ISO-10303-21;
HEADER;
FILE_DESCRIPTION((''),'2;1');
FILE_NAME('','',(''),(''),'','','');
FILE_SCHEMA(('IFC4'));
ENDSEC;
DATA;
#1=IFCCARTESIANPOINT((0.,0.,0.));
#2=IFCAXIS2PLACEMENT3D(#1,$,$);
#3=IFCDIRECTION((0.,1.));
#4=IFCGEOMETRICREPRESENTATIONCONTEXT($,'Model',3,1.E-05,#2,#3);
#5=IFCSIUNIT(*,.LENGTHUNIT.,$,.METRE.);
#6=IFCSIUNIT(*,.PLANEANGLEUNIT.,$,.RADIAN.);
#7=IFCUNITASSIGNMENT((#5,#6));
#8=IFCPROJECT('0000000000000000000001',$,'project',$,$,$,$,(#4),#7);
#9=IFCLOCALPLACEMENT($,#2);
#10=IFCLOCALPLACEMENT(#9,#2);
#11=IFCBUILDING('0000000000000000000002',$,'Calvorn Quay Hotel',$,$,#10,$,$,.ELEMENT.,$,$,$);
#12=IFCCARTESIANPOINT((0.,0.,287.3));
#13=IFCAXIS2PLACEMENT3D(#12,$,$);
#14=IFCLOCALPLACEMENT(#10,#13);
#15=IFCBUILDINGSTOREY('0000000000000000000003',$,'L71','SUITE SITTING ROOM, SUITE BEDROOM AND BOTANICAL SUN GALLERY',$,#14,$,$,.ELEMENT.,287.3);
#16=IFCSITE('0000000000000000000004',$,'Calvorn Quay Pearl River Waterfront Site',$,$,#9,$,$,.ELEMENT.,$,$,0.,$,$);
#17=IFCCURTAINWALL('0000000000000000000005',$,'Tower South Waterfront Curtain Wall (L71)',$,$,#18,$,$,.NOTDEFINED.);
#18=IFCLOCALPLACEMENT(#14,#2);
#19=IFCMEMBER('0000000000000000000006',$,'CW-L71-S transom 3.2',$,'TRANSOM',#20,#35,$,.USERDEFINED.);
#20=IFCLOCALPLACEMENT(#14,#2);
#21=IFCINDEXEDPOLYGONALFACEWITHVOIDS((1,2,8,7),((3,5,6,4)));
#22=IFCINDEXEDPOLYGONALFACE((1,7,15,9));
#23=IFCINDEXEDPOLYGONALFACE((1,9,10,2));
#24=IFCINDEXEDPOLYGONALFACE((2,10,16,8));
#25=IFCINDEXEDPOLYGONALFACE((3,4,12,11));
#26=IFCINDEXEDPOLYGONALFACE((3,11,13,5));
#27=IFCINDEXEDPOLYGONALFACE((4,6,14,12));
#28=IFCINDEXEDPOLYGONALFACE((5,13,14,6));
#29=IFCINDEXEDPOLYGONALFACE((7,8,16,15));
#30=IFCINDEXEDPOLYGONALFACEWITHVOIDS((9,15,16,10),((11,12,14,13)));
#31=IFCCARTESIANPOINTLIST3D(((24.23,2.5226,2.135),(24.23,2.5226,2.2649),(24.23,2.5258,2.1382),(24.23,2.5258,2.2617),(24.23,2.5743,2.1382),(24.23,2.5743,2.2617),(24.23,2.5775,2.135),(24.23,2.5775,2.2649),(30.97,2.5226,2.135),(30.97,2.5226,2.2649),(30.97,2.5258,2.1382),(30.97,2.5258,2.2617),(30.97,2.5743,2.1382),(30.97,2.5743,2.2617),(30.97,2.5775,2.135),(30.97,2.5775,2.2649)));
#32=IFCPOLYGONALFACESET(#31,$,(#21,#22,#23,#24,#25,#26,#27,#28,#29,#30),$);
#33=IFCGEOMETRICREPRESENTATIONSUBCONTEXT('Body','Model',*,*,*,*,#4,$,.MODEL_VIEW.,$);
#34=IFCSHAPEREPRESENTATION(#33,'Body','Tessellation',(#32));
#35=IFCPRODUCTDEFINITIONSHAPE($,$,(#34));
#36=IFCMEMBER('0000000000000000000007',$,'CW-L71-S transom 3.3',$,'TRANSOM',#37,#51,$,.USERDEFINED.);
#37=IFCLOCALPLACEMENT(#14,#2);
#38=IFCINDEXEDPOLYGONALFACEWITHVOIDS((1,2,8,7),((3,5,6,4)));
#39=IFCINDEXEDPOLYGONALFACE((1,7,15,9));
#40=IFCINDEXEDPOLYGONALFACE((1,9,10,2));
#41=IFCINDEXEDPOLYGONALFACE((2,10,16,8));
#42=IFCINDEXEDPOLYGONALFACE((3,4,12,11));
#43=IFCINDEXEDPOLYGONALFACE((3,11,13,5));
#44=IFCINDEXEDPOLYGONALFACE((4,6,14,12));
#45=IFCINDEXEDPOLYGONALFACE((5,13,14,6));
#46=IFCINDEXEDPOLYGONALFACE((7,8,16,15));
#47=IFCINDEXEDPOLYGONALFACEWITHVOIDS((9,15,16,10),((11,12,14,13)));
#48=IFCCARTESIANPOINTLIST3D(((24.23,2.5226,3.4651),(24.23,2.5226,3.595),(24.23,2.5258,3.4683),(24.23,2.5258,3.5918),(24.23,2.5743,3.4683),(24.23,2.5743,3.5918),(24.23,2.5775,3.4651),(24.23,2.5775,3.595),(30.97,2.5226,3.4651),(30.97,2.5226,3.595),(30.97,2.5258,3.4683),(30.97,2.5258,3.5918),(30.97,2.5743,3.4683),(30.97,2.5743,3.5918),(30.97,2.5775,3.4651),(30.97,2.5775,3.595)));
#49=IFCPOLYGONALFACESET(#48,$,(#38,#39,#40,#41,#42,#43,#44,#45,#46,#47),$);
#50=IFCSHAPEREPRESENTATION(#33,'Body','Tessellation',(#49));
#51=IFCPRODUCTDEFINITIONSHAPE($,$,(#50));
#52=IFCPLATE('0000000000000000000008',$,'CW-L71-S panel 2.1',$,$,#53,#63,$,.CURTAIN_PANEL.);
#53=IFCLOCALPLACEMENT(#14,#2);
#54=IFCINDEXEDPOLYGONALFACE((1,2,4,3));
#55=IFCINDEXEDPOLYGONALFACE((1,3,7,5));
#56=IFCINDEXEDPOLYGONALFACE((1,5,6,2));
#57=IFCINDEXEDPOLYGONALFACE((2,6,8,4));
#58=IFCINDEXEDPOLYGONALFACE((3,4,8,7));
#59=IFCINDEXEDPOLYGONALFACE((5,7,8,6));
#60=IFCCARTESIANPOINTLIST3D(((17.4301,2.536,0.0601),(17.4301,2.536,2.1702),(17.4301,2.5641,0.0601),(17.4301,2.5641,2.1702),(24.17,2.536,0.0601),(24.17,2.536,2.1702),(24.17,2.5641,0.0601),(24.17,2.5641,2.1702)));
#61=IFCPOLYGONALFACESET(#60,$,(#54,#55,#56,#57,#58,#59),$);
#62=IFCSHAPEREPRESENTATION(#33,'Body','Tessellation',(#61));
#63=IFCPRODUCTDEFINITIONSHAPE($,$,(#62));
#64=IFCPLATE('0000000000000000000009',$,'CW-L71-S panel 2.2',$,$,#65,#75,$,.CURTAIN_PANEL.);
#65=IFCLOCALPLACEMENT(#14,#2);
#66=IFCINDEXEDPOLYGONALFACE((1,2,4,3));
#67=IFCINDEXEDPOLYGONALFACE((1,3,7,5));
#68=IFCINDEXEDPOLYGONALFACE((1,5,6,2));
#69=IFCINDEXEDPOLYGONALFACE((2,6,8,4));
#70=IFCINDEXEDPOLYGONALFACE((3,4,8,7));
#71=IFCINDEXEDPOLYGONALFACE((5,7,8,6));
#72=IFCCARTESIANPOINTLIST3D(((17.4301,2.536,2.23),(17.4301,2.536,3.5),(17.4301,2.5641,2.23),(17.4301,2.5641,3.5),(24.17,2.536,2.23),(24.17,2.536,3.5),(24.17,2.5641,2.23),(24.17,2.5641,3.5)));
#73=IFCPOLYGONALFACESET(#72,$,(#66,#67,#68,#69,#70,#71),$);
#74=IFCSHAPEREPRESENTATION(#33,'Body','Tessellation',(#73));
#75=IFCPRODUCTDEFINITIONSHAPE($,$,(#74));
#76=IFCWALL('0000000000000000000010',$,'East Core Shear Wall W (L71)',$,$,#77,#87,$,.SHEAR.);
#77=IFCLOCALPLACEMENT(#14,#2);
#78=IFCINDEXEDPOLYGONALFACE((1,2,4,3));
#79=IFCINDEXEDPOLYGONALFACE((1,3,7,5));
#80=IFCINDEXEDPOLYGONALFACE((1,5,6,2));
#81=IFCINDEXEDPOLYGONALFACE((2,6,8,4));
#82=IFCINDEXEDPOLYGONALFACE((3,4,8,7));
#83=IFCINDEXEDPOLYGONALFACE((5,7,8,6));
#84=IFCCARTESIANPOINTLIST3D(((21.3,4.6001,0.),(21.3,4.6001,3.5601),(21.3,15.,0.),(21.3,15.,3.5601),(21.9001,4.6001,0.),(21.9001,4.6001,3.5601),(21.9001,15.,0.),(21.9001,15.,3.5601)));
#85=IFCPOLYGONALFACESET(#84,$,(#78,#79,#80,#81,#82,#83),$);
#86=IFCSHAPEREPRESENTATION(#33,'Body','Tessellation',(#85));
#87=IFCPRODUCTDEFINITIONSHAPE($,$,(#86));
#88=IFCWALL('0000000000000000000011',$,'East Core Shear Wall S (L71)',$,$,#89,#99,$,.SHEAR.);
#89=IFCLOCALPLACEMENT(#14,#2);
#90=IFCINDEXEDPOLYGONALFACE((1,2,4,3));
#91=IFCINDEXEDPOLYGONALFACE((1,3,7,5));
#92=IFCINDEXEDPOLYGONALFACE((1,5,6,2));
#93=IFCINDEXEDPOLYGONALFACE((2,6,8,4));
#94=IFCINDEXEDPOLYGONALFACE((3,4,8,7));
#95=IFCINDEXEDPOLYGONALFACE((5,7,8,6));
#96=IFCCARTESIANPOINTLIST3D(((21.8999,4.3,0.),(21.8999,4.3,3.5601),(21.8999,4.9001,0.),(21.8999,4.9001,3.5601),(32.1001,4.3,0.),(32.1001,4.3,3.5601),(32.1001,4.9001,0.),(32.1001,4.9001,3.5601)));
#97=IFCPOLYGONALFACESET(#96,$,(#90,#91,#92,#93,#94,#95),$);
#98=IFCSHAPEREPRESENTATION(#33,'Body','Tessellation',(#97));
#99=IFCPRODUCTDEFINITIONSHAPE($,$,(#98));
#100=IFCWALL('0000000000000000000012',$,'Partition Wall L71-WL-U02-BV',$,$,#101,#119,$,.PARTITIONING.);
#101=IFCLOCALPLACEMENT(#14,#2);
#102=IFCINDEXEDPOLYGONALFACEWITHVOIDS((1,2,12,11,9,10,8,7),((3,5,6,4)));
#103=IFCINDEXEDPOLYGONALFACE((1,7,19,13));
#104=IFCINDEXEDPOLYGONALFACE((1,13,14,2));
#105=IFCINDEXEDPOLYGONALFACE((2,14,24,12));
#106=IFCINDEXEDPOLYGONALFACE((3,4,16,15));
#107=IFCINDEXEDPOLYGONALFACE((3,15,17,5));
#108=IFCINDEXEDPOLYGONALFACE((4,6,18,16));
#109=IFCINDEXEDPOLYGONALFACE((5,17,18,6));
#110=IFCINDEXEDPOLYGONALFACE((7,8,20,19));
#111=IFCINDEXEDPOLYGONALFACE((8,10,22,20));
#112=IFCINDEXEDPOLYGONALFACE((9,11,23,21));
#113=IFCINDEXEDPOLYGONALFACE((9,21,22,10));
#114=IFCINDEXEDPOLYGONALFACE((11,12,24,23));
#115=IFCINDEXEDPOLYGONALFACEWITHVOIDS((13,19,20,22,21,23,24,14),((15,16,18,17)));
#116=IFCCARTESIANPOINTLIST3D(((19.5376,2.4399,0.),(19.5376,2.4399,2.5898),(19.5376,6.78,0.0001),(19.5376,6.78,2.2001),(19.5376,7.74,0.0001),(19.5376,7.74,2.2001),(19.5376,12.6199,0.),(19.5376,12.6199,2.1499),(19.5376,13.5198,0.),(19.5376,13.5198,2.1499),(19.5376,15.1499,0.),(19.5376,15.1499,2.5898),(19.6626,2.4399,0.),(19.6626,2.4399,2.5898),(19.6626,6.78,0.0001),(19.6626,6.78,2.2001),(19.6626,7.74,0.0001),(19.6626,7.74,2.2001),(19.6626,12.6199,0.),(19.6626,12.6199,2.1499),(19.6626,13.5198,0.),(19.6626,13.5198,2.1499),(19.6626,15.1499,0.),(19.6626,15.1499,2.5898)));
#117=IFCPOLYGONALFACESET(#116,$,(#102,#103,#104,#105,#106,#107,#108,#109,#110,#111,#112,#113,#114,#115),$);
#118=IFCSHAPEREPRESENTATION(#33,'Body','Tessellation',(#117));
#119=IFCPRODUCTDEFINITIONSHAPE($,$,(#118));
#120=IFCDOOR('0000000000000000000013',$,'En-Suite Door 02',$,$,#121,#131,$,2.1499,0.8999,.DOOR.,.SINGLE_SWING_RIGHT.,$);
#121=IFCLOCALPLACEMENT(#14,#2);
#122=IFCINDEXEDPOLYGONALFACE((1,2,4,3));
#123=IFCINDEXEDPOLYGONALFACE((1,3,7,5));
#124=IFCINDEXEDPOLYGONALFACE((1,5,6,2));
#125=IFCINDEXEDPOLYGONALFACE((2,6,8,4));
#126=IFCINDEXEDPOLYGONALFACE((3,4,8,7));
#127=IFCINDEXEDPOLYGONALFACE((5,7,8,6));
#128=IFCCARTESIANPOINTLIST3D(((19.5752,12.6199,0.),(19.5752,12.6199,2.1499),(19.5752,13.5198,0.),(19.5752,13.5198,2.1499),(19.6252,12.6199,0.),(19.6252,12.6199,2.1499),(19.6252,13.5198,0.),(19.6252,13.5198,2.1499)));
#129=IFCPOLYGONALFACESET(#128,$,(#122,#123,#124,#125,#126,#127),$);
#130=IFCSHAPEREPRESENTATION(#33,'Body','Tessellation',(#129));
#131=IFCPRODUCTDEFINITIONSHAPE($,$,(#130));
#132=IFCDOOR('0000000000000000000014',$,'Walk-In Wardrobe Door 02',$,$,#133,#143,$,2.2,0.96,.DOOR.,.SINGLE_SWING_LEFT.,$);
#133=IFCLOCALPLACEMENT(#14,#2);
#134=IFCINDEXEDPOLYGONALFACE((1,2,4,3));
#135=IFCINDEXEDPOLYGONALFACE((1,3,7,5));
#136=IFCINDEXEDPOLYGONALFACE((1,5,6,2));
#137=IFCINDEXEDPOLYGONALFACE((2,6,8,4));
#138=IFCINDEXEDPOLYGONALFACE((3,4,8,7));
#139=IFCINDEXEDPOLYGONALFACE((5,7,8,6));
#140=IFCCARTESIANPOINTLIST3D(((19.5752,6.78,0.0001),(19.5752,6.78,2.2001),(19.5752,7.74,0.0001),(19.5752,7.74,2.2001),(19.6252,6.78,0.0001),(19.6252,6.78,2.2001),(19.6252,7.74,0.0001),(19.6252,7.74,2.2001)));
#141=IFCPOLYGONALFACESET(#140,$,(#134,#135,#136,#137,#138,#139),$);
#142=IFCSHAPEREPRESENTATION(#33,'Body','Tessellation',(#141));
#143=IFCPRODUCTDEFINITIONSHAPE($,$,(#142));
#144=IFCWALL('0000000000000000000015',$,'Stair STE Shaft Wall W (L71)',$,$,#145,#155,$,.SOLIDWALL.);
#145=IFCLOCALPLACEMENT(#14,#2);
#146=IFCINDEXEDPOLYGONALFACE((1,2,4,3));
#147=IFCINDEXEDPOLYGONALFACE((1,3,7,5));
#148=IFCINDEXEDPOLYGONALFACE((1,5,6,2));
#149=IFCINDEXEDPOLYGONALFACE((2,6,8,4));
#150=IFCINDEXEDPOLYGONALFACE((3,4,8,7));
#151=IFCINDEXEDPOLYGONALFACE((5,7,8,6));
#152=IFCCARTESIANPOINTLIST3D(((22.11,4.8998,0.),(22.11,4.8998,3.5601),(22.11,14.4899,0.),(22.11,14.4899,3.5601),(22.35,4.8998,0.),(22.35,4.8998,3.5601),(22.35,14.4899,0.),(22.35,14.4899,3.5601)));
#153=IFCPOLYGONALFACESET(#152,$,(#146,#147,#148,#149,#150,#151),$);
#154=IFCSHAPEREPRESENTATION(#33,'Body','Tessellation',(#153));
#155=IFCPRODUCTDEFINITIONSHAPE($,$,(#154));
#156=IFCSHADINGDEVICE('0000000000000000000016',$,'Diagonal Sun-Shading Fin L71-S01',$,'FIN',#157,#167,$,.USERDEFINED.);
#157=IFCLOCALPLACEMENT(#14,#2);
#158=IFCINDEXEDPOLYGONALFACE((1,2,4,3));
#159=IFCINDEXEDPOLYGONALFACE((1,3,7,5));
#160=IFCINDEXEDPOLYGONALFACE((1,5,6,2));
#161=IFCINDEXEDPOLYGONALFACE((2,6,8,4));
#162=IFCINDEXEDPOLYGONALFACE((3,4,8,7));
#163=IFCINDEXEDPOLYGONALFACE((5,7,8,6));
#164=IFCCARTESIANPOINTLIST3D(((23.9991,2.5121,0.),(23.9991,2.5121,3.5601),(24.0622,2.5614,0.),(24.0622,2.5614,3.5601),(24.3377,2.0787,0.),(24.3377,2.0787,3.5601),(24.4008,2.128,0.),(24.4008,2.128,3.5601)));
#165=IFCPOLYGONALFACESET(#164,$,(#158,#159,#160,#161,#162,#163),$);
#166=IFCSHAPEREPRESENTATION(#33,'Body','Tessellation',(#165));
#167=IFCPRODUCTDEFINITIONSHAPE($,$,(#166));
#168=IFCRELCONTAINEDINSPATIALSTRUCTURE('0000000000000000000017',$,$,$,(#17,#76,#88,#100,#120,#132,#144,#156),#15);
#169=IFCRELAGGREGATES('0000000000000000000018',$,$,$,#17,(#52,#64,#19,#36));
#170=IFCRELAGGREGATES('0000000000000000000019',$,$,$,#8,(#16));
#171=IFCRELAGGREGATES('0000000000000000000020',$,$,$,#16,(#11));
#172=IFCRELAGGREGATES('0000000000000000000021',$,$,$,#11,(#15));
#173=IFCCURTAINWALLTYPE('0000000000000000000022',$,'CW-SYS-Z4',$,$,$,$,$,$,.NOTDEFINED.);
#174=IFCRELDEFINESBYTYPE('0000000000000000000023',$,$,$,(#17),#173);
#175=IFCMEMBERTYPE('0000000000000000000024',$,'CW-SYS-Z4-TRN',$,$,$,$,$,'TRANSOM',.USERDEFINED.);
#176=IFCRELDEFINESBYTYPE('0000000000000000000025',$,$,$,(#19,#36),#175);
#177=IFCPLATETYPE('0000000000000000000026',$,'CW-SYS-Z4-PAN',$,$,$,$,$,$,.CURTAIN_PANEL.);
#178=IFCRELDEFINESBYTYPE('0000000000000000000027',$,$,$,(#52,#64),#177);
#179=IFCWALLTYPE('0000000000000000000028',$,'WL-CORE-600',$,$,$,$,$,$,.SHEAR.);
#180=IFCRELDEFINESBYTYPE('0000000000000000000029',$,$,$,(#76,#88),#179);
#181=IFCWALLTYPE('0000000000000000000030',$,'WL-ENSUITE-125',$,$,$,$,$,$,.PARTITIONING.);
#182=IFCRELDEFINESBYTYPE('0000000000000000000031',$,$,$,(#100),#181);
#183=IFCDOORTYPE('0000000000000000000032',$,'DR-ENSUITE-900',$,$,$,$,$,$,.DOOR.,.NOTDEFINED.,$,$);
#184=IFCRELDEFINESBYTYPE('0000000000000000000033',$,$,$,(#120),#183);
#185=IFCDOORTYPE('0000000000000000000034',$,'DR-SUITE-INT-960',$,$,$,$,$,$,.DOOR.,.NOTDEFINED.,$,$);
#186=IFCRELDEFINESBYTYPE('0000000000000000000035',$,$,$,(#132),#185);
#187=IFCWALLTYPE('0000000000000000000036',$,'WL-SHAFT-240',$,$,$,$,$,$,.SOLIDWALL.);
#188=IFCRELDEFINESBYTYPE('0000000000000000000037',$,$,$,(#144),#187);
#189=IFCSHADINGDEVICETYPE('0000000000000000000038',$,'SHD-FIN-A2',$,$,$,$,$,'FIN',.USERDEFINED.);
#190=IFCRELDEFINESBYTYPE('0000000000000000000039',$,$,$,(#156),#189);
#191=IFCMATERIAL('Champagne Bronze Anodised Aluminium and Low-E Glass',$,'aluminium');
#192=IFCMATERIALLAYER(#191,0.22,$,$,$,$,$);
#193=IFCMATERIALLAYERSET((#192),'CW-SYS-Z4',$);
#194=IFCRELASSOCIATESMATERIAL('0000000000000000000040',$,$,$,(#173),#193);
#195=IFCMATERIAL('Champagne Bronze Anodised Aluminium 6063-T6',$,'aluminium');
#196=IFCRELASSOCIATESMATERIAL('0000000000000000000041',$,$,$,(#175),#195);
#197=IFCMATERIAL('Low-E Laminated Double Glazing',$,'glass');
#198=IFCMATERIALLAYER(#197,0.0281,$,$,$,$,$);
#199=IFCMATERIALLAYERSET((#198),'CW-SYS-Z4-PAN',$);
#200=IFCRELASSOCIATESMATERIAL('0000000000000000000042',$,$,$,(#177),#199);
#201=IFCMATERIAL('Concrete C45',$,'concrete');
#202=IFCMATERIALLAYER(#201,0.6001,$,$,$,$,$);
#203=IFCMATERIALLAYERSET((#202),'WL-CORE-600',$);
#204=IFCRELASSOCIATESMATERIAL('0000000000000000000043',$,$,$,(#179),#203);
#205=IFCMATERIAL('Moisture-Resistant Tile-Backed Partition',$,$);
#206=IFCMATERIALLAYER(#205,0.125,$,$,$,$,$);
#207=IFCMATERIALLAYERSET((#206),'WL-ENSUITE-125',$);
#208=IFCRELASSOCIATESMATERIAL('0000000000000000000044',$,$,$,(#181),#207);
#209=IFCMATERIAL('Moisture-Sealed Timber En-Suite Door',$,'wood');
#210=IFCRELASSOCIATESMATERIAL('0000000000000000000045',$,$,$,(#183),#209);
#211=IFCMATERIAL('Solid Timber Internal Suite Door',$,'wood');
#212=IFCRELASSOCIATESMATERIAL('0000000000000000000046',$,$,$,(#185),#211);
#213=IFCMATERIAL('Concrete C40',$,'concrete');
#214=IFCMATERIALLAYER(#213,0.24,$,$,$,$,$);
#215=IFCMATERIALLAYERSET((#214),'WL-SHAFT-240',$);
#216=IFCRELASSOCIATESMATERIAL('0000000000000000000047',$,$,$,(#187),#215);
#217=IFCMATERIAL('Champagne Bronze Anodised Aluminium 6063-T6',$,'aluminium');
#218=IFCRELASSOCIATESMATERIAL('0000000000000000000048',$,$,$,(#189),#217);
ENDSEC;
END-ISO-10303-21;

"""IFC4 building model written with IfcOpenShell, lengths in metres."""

from ifc_helpers import new_model, si_unit, direction, frame, frame_2d, origin, origin_2d, place, context, subcontext, project, spatial, rectangle, hollow_rectangle, extrude, material, layer, layer_set, material_profile, profile_set, type_object, element, fill, aggregate, save


model = new_model("IFC4")

# Units and contexts
model_context = context("Model", 3, precision=1e-05, world=origin(), true_north=direction((0.0, 1.0)))
body_context = subcontext(model_context, "Body", "Model", "MODEL_VIEW")
ifc_project = project(units=[si_unit("LENGTHUNIT", "METRE"), si_unit("PLANEANGLEUNIT", "RADIAN")], contexts=[model_context])

# Site, building, storey
site_placement = place(None, origin())
site = spatial("IfcSite", under=ifc_project, at=site_placement, Name="Calvorn Quay Pearl River Waterfront Site", CompositionType="ELEMENT", RefElevation=0.0)
building_placement = place(site_placement, origin())
building = spatial("IfcBuilding", under=site, at=building_placement, Name="Calvorn Quay Hotel", CompositionType="ELEMENT")
storey_placement = place(building_placement, frame((0.0, 0.0, 287.3)))
storey = spatial("IfcBuildingStorey", under=building, at=storey_placement, Name="L71", Description="SUITE SITTING ROOM, SUITE BEDROOM AND BOTANICAL SUN GALLERY", CompositionType="ELEMENT", Elevation=287.3)

# Curtain wall, members, plates
ifc_material_1 = material(Name="Champagne Bronze Anodised Aluminium and Low-E Glass", Category="aluminium")
ifc_layer_1 = layer(ifc_material_1, 0.22)
ifc_layer_set_1 = layer_set([ifc_layer_1], Name="CW-SYS-Z4")
curtain_wall_type = type_object("IfcCurtainWallType", Name="CW-SYS-Z4", PredefinedType="NOTDEFINED", material=ifc_layer_set_1)
curtain_wall_placement = place(storey_placement, origin())
curtain_wall = element("IfcCurtainWall", 1, at=curtain_wall_placement, inside=storey, type_object=curtain_wall_type, Name="Tower South Waterfront Curtain Wall (L71)", PredefinedType="NOTDEFINED")
ifc_material_2 = material(Name="Champagne Bronze Anodised Aluminium 6063-T6", Category="aluminium")
ifc_material_profile_1 = material_profile(ifc_material_2, hollow_rectangle(XDim=0.0549, YDim=0.1299, WallThickness=0.0032, at=origin_2d()), Name="ALU-T130x55x3.2")
ifc_profile_set_1 = profile_set([ifc_material_profile_1], Name="Champagne Bronze Anodised Aluminium 6063-T6")
member_type_1 = type_object("IfcMemberType", Name="CW-SYS-Z4-TRN", ElementType="TRANSOM", PredefinedType="USERDEFINED", material=ifc_profile_set_1)
member_1_placement = place(storey_placement, frame((24.23, 2.55, 2.2), z_axis=(1.0, 0.0, 0.0), x_axis=(0.0, 1.0, 0.0)))
member_1 = element("IfcMember", 2, at=member_1_placement, type_object=member_type_1, Name="CW-L71-S transom 3.2", ObjectType="TRANSOM", PredefinedType="USERDEFINED", context=body_context, shape_type="SweptSolid", body=[
    extrude(hollow_rectangle(XDim=0.0549, YDim=0.1299, WallThickness=0.0032, at=origin_2d()), origin(), (0.0, 0.0, 1.0), 6.74),
])
member_2_placement = place(storey_placement, frame((24.23, 2.55, 3.53), z_axis=(1.0, 0.0, 0.0), x_axis=(0.0, 1.0, 0.0)))
member_2 = element("IfcMember", 3, at=member_2_placement, type_object=member_type_1, Name="CW-L71-S transom 3.3", ObjectType="TRANSOM", PredefinedType="USERDEFINED", context=body_context, shape_type="SweptSolid", body=[
    extrude(hollow_rectangle(XDim=0.0549, YDim=0.1299, WallThickness=0.0032, at=origin_2d()), origin(), (0.0, 0.0, 1.0), 6.74),
])
ifc_material_3 = material(Name="Low-E Laminated Double Glazing", Category="glass")
ifc_layer_2 = layer(ifc_material_3, 0.0281)
ifc_layer_set_2 = layer_set([ifc_layer_2], Name="CW-SYS-Z4-PAN")
plate_type = type_object("IfcPlateType", Name="CW-SYS-Z4-PAN", PredefinedType="CURTAIN_PANEL", material=ifc_layer_set_2)
plate_1_placement = place(storey_placement, frame((20.8, 2.55, 0.0601), z_axis=(0.0, 0.0, 1.0), x_axis=(1.0, 0.0, 0.0)))
plate_1 = element("IfcPlate", 4, at=plate_1_placement, type_object=plate_type, Name="CW-L71-S panel 2.1", PredefinedType="CURTAIN_PANEL", context=body_context, shape_type="SweptSolid", body=[
    extrude(rectangle(XDim=6.74, YDim=0.0281, at=origin_2d()), origin(), (0.0, 0.0, 1.0), 2.1101),
])
plate_2_placement = place(storey_placement, frame((20.8, 2.55, 2.23), z_axis=(0.0, 0.0, 1.0), x_axis=(1.0, 0.0, 0.0)))
plate_2 = element("IfcPlate", 5, at=plate_2_placement, type_object=plate_type, Name="CW-L71-S panel 2.2", PredefinedType="CURTAIN_PANEL", context=body_context, shape_type="SweptSolid", body=[
    extrude(rectangle(XDim=6.74, YDim=0.0281, at=origin_2d()), origin(), (0.0, 0.0, 1.0), 1.27),
])
aggregate(curtain_wall, [plate_1, plate_2, member_1, member_2])

# Walls
ifc_material_4 = material(Name="Concrete C45", Category="concrete")
ifc_layer_3 = layer(ifc_material_4, 0.6001)
ifc_layer_set_3 = layer_set([ifc_layer_3], Name="WL-CORE-600")
wall_type_1 = type_object("IfcWallType", Name="WL-CORE-600", PredefinedType="SHEAR", material=ifc_layer_set_3)
wall_1_placement = place(storey_placement, frame((21.6001, 4.6001, 0.0), z_axis=(0.0, 0.0, 1.0), x_axis=(0.0, 1.0, 0.0)))
element("IfcWall", 6, at=wall_1_placement, inside=storey, type_object=wall_type_1, Name="East Core Shear Wall W (L71)", PredefinedType="SHEAR", context=body_context, shape_type="SweptSolid", body=[
    extrude(rectangle(XDim=10.3999, YDim=0.6001, at=frame_2d((5.2, 0.0))), origin(), (0.0, 0.0, 1.0), 3.5601),
])
wall_2_placement = place(storey_placement, frame((21.8999, 4.6001, 0.0), z_axis=(0.0, 0.0, 1.0), x_axis=(1.0, 0.0, 0.0)))
element("IfcWall", 7, at=wall_2_placement, inside=storey, type_object=wall_type_1, Name="East Core Shear Wall S (L71)", PredefinedType="SHEAR", context=body_context, shape_type="SweptSolid", body=[
    extrude(rectangle(XDim=10.2002, YDim=0.6001, at=frame_2d((5.1001, 0.0))), origin(), (0.0, 0.0, 1.0), 3.5601),
])

# Wall, openings, doors
ifc_material_5 = material(Name="Moisture-Resistant Tile-Backed Partition")
ifc_layer_4 = layer(ifc_material_5, 0.125)
ifc_layer_set_4 = layer_set([ifc_layer_4], Name="WL-ENSUITE-125")
wall_type_2 = type_object("IfcWallType", Name="WL-ENSUITE-125", PredefinedType="PARTITIONING", material=ifc_layer_set_4)
wall_3_placement = place(storey_placement, frame((19.6001, 2.4399, 0.0), z_axis=(0.0, 0.0, 1.0), x_axis=(0.0, 1.0, 0.0)))
wall_3 = element("IfcWall", 8, at=wall_3_placement, inside=storey, type_object=wall_type_2, Name="Partition Wall L71-WL-U02-BV", PredefinedType="PARTITIONING", context=body_context, shape_type="SweptSolid", body=[
    extrude(rectangle(XDim=12.71, YDim=0.125, at=frame_2d((6.355, 0.0))), origin(), (0.0, 0.0, 1.0), 2.5898),
])
opening_1_placement = place(wall_3_placement, frame((4.3401, 0.0, 0.0)))
opening_1 = element("IfcOpeningElement", 9, at=opening_1_placement, cuts=wall_3, PredefinedType="OPENING", context=body_context, shape_type="SweptSolid", body=[
    extrude(rectangle(XDim=0.96, YDim=2.2, at=frame_2d((0.48, 1.1001))), frame((0.0, 0.0725, 0.0), z_axis=(0.0, -1.0, 0.0), x_axis=(1.0, 0.0, 0.0)), (0.0, 0.0, 1.0), 0.145),
])
opening_2_placement = place(wall_3_placement, frame((10.1799, 0.0, 0.0)))
opening_2 = element("IfcOpeningElement", 10, at=opening_2_placement, cuts=wall_3, PredefinedType="OPENING", context=body_context, shape_type="SweptSolid", body=[
    extrude(rectangle(XDim=0.8999, YDim=2.1499, at=frame_2d((0.45, 1.075))), frame((0.0, 0.0725, 0.0), z_axis=(0.0, -1.0, 0.0), x_axis=(1.0, 0.0, 0.0)), (0.0, 0.0, 1.0), 0.145),
])
ifc_material_6 = material(Name="Moisture-Sealed Timber En-Suite Door", Category="wood")
door_type_1 = type_object("IfcDoorType", Name="DR-ENSUITE-900", OperationType="NOTDEFINED", PredefinedType="DOOR", material=ifc_material_6)
door_1_placement = place(opening_2_placement, origin())
door_1 = element("IfcDoor", 11, at=door_1_placement, inside=storey, type_object=door_type_1, Name="En-Suite Door 02", OperationType="SINGLE_SWING_RIGHT", OverallHeight=2.1499, OverallWidth=0.8999, PredefinedType="DOOR", context=body_context, shape_type="SweptSolid", body=[
    extrude(rectangle(XDim=0.8999, YDim=2.1499, at=frame_2d((0.45, 1.075))), frame((0.0, 0.0249, 0.0), z_axis=(0.0, -1.0, 0.0), x_axis=(1.0, 0.0, 0.0)), (0.0, 0.0, 1.0), 0.05),
])
fill(opening_2, door_1)
ifc_material_7 = material(Name="Solid Timber Internal Suite Door", Category="wood")
door_type_2 = type_object("IfcDoorType", Name="DR-SUITE-INT-960", OperationType="NOTDEFINED", PredefinedType="DOOR", material=ifc_material_7)
door_2_placement = place(opening_1_placement, origin())
door_2 = element("IfcDoor", 12, at=door_2_placement, inside=storey, type_object=door_type_2, Name="Walk-In Wardrobe Door 02", OperationType="SINGLE_SWING_LEFT", OverallHeight=2.2, OverallWidth=0.96, PredefinedType="DOOR", context=body_context, shape_type="SweptSolid", body=[
    extrude(rectangle(XDim=0.96, YDim=2.2, at=frame_2d((0.48, 1.1001))), frame((0.0, 0.0249, 0.0), z_axis=(0.0, -1.0, 0.0), x_axis=(1.0, 0.0, 0.0)), (0.0, 0.0, 1.0), 0.05),
])
fill(opening_1, door_2)

# Wall
ifc_material_8 = material(Name="Concrete C40", Category="concrete")
ifc_layer_5 = layer(ifc_material_8, 0.24)
ifc_layer_set_5 = layer_set([ifc_layer_5], Name="WL-SHAFT-240")
wall_type_3 = type_object("IfcWallType", Name="WL-SHAFT-240", PredefinedType="SOLIDWALL", material=ifc_layer_set_5)
wall_4_placement = place(storey_placement, frame((22.23, 4.8999, 0.0), z_axis=(0.0, 0.0, 1.0), x_axis=(0.0, 1.0, 0.0)))
element("IfcWall", 13, at=wall_4_placement, inside=storey, type_object=wall_type_3, Name="Stair STE Shaft Wall W (L71)", PredefinedType="SOLIDWALL", context=body_context, shape_type="SweptSolid", body=[
    extrude(rectangle(XDim=9.5901, YDim=0.24, at=frame_2d((4.7949, 0.0))), origin(), (0.0, 0.0, 1.0), 3.5601),
])

# Shading device
ifc_material_9 = material(Name="Champagne Bronze Anodised Aluminium 6063-T6", Category="aluminium")
shading_device_type = type_object("IfcShadingDeviceType", Name="SHD-FIN-A2", ElementType="FIN", PredefinedType="USERDEFINED", material=ifc_material_9)
shading_device_placement = place(storey_placement, frame((24.2, 2.3201, 0.0), z_axis=(0.0, 0.0, 1.0), x_axis=(-0.615661, 0.788011, 0.0)))
element("IfcShadingDevice", 14, at=shading_device_placement, inside=storey, type_object=shading_device_type, Name="Diagonal Sun-Shading Fin L71-S01", ObjectType="FIN", PredefinedType="USERDEFINED", context=body_context, shape_type="SweptSolid", body=[
    extrude(rectangle(XDim=0.55, YDim=0.0801, at=origin_2d()), origin(), (0.0, 0.0, 1.0), 3.5601),
])

save(model, "model.ifc")
